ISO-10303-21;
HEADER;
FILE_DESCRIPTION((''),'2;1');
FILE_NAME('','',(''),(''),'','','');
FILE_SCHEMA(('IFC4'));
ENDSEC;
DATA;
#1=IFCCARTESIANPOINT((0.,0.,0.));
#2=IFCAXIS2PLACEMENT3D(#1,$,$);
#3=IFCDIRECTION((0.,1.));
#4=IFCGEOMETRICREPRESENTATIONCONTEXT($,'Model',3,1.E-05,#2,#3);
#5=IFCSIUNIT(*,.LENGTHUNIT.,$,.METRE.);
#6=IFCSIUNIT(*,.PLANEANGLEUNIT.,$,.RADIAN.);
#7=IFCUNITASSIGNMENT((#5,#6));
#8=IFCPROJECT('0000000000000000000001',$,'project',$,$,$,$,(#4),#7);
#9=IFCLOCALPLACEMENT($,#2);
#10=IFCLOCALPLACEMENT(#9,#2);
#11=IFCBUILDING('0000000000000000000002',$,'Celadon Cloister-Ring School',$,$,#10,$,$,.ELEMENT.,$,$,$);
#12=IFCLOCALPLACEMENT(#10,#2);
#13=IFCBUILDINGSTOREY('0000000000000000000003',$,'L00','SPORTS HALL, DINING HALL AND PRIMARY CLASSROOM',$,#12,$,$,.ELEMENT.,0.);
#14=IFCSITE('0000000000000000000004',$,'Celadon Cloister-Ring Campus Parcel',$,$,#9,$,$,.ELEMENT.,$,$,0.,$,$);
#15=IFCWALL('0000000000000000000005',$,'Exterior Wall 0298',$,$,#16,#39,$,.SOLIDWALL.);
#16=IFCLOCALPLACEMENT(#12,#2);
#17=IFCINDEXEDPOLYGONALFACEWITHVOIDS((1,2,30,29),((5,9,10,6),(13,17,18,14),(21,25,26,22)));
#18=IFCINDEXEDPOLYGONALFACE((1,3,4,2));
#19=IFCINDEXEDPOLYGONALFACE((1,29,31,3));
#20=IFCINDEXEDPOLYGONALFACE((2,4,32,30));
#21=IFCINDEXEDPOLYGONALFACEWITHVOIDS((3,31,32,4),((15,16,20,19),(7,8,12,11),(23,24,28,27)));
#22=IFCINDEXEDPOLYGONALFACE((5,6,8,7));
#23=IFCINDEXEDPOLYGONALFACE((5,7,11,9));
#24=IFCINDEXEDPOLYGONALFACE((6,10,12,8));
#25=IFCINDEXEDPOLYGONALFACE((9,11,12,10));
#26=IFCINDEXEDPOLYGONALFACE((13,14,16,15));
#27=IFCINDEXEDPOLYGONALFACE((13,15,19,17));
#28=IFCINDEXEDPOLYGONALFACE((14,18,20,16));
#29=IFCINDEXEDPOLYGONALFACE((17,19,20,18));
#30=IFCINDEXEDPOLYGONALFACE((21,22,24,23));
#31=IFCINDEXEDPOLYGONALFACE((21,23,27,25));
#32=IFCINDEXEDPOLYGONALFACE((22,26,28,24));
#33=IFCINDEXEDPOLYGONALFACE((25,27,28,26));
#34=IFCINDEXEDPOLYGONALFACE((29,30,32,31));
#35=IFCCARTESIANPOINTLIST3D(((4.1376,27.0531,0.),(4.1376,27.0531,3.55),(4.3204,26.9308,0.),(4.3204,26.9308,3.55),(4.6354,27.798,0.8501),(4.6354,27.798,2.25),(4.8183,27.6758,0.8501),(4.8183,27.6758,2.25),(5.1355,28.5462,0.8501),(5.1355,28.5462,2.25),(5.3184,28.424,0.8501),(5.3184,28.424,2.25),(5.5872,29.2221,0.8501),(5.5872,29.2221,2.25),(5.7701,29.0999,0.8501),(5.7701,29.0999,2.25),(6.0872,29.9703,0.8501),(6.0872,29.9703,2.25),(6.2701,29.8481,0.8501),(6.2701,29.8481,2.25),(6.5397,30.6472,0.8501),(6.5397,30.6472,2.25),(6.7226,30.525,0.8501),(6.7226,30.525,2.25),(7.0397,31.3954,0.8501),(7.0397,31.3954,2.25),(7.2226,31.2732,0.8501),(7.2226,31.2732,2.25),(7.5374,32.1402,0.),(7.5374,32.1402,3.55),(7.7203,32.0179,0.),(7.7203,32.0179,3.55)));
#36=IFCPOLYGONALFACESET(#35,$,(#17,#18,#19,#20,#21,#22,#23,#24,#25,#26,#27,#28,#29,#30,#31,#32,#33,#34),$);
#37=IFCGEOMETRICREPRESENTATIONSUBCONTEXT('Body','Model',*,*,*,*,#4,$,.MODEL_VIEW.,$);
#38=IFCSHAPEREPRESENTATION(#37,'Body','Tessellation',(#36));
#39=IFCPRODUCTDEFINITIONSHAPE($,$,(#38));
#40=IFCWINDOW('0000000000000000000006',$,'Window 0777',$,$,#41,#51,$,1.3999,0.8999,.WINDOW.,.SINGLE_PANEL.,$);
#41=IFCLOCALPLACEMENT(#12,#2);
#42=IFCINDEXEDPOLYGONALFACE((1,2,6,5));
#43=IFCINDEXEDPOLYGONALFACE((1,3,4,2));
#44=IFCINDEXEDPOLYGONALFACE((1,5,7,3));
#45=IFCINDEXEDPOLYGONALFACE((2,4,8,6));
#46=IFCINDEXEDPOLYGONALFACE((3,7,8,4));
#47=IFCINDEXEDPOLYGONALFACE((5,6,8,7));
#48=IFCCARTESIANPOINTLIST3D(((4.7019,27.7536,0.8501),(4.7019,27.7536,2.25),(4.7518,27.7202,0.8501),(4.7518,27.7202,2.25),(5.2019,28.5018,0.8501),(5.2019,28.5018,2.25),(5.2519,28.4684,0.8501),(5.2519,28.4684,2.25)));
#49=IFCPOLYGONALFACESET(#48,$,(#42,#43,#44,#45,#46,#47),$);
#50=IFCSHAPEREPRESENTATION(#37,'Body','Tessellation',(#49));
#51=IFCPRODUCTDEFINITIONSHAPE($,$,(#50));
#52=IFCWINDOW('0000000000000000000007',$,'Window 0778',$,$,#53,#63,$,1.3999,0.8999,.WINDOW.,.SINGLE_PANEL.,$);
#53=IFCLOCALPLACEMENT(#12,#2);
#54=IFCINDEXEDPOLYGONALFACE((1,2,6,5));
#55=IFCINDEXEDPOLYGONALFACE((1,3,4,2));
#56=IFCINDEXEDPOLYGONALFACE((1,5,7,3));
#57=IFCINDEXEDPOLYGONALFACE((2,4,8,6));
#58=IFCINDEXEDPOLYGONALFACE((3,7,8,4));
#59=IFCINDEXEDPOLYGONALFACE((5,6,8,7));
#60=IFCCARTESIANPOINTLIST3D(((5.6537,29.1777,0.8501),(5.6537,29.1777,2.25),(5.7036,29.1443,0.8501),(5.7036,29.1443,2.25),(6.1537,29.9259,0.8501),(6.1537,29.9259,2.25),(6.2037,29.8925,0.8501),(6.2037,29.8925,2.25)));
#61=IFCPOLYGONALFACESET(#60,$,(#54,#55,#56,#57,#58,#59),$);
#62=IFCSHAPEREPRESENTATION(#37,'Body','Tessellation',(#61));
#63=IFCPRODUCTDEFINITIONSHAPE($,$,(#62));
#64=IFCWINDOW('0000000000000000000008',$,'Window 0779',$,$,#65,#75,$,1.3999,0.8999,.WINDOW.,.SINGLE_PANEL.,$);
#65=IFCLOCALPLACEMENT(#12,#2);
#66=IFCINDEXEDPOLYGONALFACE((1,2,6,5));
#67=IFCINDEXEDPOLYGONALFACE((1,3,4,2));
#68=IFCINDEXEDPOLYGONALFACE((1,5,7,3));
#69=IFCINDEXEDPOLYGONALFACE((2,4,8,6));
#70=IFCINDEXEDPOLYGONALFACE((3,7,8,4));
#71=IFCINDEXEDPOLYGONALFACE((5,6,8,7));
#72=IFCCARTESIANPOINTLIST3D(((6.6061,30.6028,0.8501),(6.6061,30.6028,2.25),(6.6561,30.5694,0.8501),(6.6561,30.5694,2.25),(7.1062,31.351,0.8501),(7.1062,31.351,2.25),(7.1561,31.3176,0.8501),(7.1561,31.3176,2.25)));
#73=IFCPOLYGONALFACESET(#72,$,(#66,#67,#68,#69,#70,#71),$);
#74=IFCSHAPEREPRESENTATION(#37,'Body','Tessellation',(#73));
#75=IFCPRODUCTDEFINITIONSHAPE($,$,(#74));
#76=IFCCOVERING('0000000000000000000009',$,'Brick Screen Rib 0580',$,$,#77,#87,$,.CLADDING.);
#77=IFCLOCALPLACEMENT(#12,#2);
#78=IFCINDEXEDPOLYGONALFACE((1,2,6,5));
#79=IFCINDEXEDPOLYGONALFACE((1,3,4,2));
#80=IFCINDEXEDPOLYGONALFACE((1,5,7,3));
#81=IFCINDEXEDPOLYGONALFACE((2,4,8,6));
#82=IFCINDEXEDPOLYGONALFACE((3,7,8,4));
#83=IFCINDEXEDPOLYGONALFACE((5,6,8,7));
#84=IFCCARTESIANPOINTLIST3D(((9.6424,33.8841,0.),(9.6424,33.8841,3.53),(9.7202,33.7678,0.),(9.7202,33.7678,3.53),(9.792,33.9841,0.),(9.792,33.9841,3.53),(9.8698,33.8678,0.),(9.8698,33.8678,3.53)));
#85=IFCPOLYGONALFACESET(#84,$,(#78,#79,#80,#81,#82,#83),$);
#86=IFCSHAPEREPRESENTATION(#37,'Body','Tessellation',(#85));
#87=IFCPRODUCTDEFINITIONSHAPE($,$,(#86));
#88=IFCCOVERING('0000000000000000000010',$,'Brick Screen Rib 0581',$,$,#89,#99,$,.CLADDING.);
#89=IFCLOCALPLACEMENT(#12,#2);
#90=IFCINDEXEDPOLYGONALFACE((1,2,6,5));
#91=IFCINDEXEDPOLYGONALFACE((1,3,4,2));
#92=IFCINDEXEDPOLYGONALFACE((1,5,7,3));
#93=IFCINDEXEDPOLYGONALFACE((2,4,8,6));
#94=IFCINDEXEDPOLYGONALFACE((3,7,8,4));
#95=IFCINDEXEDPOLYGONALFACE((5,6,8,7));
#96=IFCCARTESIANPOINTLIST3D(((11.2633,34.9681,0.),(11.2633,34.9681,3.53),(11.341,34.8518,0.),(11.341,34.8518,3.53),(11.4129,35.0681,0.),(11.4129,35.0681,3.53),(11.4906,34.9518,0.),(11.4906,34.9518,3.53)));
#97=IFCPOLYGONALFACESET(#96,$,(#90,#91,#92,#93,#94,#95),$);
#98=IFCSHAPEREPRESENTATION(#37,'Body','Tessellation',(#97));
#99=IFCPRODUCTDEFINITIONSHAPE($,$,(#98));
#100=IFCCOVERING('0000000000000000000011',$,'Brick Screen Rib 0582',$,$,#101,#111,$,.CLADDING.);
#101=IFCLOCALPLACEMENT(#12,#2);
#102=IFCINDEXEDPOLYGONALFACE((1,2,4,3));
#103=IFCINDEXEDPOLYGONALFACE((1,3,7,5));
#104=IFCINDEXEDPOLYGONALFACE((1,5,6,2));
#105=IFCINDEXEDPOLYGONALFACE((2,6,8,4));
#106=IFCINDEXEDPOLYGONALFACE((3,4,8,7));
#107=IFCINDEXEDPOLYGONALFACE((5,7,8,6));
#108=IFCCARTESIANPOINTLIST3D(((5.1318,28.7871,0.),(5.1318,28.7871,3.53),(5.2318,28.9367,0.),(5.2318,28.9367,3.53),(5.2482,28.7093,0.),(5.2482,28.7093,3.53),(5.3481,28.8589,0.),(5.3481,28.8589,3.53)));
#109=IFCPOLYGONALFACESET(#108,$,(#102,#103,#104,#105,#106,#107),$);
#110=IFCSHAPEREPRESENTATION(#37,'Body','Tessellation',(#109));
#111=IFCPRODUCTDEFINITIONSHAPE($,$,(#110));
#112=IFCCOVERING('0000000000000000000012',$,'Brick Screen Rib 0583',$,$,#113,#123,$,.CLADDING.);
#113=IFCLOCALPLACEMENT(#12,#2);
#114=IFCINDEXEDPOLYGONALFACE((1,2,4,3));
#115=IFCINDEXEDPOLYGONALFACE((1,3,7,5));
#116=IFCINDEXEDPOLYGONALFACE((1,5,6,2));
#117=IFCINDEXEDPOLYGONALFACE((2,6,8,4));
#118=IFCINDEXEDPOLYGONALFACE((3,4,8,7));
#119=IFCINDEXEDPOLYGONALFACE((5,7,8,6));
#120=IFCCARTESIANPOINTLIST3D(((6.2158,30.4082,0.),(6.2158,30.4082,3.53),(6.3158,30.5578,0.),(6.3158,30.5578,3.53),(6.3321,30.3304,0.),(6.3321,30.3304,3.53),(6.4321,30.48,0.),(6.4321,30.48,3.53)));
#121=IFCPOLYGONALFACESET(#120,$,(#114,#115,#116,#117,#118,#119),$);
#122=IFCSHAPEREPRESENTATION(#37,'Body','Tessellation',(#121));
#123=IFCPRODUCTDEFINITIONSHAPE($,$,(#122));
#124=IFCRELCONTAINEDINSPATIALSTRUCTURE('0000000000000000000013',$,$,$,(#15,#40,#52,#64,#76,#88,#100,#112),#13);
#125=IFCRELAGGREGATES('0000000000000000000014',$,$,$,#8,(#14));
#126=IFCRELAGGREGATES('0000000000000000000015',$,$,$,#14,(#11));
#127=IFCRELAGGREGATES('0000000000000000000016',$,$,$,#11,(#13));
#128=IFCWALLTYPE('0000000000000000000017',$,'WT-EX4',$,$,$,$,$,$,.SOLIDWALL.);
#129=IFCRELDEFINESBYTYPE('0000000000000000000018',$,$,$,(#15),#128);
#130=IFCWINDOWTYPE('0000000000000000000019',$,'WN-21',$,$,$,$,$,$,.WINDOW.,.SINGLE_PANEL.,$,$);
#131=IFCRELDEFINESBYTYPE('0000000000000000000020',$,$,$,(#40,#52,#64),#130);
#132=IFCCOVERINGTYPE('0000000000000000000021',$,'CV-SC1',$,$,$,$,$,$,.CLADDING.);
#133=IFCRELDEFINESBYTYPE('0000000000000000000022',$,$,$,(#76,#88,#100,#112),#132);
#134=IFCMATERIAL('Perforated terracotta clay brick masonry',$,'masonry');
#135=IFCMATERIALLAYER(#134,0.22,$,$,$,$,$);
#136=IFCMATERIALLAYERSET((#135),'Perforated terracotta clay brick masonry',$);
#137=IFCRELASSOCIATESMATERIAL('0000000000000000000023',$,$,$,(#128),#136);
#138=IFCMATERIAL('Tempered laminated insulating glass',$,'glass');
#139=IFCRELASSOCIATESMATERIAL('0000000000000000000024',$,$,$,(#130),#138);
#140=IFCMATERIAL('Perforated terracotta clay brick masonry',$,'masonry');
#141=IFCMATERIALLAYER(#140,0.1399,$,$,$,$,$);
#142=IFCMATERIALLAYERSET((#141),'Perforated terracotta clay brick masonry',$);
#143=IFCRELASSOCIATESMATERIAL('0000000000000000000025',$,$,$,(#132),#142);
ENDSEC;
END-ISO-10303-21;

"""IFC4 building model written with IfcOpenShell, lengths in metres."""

from ifc_helpers import new_model, si_unit, direction, frame, frame_2d, origin, origin_2d, place, context, subcontext, project, spatial, rectangle, extrude, material, layer, layer_set, type_object, element, fill, save


model = new_model("IFC4")

# Units and contexts
model_context = context("Model", 3, precision=1e-05, world=origin(), true_north=direction((0.0, 1.0)))
body_context = subcontext(model_context, "Body", "Model", "MODEL_VIEW")
ifc_project = project(units=[si_unit("LENGTHUNIT", "METRE"), si_unit("PLANEANGLEUNIT", "RADIAN")], contexts=[model_context])

# Site, building, storey
site_placement = place(None, origin())
site = spatial("IfcSite", under=ifc_project, at=site_placement, Name="Celadon Cloister-Ring Campus Parcel", CompositionType="ELEMENT", RefElevation=0.0)
building_placement = place(site_placement, origin())
building = spatial("IfcBuilding", under=site, at=building_placement, Name="Celadon Cloister-Ring School", CompositionType="ELEMENT")
storey_placement = place(building_placement, origin())
storey = spatial("IfcBuildingStorey", under=building, at=storey_placement, Name="L00", Description="SPORTS HALL, DINING HALL AND PRIMARY CLASSROOM", CompositionType="ELEMENT", Elevation=0.0)

# Wall, openings, windows
ifc_material_1 = material(Name="Perforated terracotta clay brick masonry", Category="masonry")
ifc_layer_1 = layer(ifc_material_1, 0.22)
ifc_layer_set_1 = layer_set([ifc_layer_1], Name="Perforated terracotta clay brick masonry")
wall_type_1 = type_object("IfcWallType", Name="WT-EX4", PredefinedType="SOLIDWALL", material=ifc_layer_set_1)
ifc_material_2 = material(Name="Tempered laminated insulating glass", Category="glass")
window_type = type_object("IfcWindowType", Name="WN-21", PartitioningType="SINGLE_PANEL", PredefinedType="WINDOW", material=ifc_material_2)
wall_1_placement = place(storey_placement, frame((4.229, 26.9919, 0.0), z_axis=(0.0, 0.0, 1.0), x_axis=(0.555657, 0.831411, 0.0)))
wall_1 = element("IfcWall", 1, at=wall_1_placement, inside=storey, type_object=wall_type_1, Name="Exterior Wall 0298", PredefinedType="SOLIDWALL", context=body_context, shape_type="SweptSolid", body=[
    extrude(rectangle(XDim=6.1187, YDim=0.22, at=frame_2d((3.0593, 0.0))), origin(), (0.0, 0.0, 1.0), 3.55),
])
opening_1_placement = place(wall_1_placement, frame((0.896, 0.0, 0.8501)))
opening_1 = element("IfcOpeningElement", 2, at=opening_1_placement, cuts=wall_1, PredefinedType="OPENING", context=body_context, shape_type="SweptSolid", body=[
    extrude(rectangle(XDim=0.8999, YDim=1.3999, at=frame_2d((0.45, 0.7))), frame((0.0, 0.1201, 0.0), z_axis=(0.0, -1.0, 0.0), x_axis=(1.0, 0.0, 0.0)), (0.0, 0.0, 1.0), 0.24),
])
opening_2_placement = place(wall_1_placement, frame((2.6089, 0.0, 0.8501)))
opening_2 = element("IfcOpeningElement", 3, at=opening_2_placement, cuts=wall_1, PredefinedType="OPENING", context=body_context, shape_type="SweptSolid", body=[
    extrude(rectangle(XDim=0.8999, YDim=1.3999, at=frame_2d((0.45, 0.7))), frame((0.0, 0.1201, 0.0), z_axis=(0.0, -1.0, 0.0), x_axis=(1.0, 0.0, 0.0)), (0.0, 0.0, 1.0), 0.24),
])
opening_3_placement = place(wall_1_placement, frame((4.323, 0.0, 0.8501)))
opening_3 = element("IfcOpeningElement", 4, at=opening_3_placement, cuts=wall_1, PredefinedType="OPENING", context=body_context, shape_type="SweptSolid", body=[
    extrude(rectangle(XDim=0.8999, YDim=1.3999, at=frame_2d((0.45, 0.7))), frame((0.0, 0.1201, 0.0), z_axis=(0.0, -1.0, 0.0), x_axis=(1.0, 0.0, 0.0)), (0.0, 0.0, 1.0), 0.24),
])
window_1_placement = place(opening_1_placement, origin())
window_1 = element("IfcWindow", 5, at=window_1_placement, inside=storey, type_object=window_type, Name="Window 0777", OverallHeight=1.3999, OverallWidth=0.8999, PartitioningType="SINGLE_PANEL", PredefinedType="WINDOW", context=body_context, shape_type="SweptSolid", body=[
    extrude(rectangle(XDim=0.8999, YDim=1.3999, at=frame_2d((0.45, 0.7))), frame((0.0, 0.03, 0.0), z_axis=(0.0, -1.0, 0.0), x_axis=(1.0, 0.0, 0.0)), (0.0, 0.0, 1.0), 0.0601),
])
fill(opening_1, window_1)
window_2_placement = place(opening_2_placement, origin())
window_2 = element("IfcWindow", 6, at=window_2_placement, inside=storey, type_object=window_type, Name="Window 0778", OverallHeight=1.3999, OverallWidth=0.8999, PartitioningType="SINGLE_PANEL", PredefinedType="WINDOW", context=body_context, shape_type="SweptSolid", body=[
    extrude(rectangle(XDim=0.8999, YDim=1.3999, at=frame_2d((0.45, 0.7))), frame((0.0, 0.03, 0.0), z_axis=(0.0, -1.0, 0.0), x_axis=(1.0, 0.0, 0.0)), (0.0, 0.0, 1.0), 0.0601),
])
fill(opening_2, window_2)
window_3_placement = place(opening_3_placement, origin())
window_3 = element("IfcWindow", 7, at=window_3_placement, inside=storey, type_object=window_type, Name="Window 0779", OverallHeight=1.3999, OverallWidth=0.8999, PartitioningType="SINGLE_PANEL", PredefinedType="WINDOW", context=body_context, shape_type="SweptSolid", body=[
    extrude(rectangle(XDim=0.8999, YDim=1.3999, at=frame_2d((0.45, 0.7))), frame((0.0, 0.03, 0.0), z_axis=(0.0, -1.0, 0.0), x_axis=(1.0, 0.0, 0.0)), (0.0, 0.0, 1.0), 0.0601),
])
fill(opening_3, window_3)

# Coverings
ifc_material_3 = material(Name="Perforated terracotta clay brick masonry", Category="masonry")
ifc_layer_2 = layer(ifc_material_3, 0.1399)
ifc_layer_set_2 = layer_set([ifc_layer_2], Name="Perforated terracotta clay brick masonry")
covering_type = type_object("IfcCoveringType", Name="CV-SC1", PredefinedType="CLADDING", material=ifc_layer_set_2)
for number, where, z_axis, x_axis, name in (
    (8, (9.7561, 33.876, 0.0), (0.0, 0.0, 1.0), (0.831392, 0.555686, 0.0), "Brick Screen Rib 0580"),
    (9, (11.377, 34.96, 0.0), (0.0, 0.0, 1.0), (0.831392, 0.555686, 0.0), "Brick Screen Rib 0581"),
    (10, (5.24, 28.823, 0.0), (0.0, 0.0, 1.0), (0.555686, 0.831392, 0.0), "Brick Screen Rib 0582"),
    (11, (6.324, 30.4441, 0.0), (0.0, 0.0, 1.0), (0.555686, 0.831392, 0.0), "Brick Screen Rib 0583"),
):
    element("IfcCovering", number, at=place(storey_placement, frame(where, z_axis=z_axis, x_axis=x_axis)), inside=storey, type_object=covering_type, Name=name, PredefinedType="CLADDING", context=body_context, shape_type="SweptSolid", body=[
        extrude(rectangle(XDim=0.1799, YDim=0.1399, at=origin_2d()), origin(), (0.0, 0.0, 1.0), 3.53),
    ])

save(model, "model.ifc")
